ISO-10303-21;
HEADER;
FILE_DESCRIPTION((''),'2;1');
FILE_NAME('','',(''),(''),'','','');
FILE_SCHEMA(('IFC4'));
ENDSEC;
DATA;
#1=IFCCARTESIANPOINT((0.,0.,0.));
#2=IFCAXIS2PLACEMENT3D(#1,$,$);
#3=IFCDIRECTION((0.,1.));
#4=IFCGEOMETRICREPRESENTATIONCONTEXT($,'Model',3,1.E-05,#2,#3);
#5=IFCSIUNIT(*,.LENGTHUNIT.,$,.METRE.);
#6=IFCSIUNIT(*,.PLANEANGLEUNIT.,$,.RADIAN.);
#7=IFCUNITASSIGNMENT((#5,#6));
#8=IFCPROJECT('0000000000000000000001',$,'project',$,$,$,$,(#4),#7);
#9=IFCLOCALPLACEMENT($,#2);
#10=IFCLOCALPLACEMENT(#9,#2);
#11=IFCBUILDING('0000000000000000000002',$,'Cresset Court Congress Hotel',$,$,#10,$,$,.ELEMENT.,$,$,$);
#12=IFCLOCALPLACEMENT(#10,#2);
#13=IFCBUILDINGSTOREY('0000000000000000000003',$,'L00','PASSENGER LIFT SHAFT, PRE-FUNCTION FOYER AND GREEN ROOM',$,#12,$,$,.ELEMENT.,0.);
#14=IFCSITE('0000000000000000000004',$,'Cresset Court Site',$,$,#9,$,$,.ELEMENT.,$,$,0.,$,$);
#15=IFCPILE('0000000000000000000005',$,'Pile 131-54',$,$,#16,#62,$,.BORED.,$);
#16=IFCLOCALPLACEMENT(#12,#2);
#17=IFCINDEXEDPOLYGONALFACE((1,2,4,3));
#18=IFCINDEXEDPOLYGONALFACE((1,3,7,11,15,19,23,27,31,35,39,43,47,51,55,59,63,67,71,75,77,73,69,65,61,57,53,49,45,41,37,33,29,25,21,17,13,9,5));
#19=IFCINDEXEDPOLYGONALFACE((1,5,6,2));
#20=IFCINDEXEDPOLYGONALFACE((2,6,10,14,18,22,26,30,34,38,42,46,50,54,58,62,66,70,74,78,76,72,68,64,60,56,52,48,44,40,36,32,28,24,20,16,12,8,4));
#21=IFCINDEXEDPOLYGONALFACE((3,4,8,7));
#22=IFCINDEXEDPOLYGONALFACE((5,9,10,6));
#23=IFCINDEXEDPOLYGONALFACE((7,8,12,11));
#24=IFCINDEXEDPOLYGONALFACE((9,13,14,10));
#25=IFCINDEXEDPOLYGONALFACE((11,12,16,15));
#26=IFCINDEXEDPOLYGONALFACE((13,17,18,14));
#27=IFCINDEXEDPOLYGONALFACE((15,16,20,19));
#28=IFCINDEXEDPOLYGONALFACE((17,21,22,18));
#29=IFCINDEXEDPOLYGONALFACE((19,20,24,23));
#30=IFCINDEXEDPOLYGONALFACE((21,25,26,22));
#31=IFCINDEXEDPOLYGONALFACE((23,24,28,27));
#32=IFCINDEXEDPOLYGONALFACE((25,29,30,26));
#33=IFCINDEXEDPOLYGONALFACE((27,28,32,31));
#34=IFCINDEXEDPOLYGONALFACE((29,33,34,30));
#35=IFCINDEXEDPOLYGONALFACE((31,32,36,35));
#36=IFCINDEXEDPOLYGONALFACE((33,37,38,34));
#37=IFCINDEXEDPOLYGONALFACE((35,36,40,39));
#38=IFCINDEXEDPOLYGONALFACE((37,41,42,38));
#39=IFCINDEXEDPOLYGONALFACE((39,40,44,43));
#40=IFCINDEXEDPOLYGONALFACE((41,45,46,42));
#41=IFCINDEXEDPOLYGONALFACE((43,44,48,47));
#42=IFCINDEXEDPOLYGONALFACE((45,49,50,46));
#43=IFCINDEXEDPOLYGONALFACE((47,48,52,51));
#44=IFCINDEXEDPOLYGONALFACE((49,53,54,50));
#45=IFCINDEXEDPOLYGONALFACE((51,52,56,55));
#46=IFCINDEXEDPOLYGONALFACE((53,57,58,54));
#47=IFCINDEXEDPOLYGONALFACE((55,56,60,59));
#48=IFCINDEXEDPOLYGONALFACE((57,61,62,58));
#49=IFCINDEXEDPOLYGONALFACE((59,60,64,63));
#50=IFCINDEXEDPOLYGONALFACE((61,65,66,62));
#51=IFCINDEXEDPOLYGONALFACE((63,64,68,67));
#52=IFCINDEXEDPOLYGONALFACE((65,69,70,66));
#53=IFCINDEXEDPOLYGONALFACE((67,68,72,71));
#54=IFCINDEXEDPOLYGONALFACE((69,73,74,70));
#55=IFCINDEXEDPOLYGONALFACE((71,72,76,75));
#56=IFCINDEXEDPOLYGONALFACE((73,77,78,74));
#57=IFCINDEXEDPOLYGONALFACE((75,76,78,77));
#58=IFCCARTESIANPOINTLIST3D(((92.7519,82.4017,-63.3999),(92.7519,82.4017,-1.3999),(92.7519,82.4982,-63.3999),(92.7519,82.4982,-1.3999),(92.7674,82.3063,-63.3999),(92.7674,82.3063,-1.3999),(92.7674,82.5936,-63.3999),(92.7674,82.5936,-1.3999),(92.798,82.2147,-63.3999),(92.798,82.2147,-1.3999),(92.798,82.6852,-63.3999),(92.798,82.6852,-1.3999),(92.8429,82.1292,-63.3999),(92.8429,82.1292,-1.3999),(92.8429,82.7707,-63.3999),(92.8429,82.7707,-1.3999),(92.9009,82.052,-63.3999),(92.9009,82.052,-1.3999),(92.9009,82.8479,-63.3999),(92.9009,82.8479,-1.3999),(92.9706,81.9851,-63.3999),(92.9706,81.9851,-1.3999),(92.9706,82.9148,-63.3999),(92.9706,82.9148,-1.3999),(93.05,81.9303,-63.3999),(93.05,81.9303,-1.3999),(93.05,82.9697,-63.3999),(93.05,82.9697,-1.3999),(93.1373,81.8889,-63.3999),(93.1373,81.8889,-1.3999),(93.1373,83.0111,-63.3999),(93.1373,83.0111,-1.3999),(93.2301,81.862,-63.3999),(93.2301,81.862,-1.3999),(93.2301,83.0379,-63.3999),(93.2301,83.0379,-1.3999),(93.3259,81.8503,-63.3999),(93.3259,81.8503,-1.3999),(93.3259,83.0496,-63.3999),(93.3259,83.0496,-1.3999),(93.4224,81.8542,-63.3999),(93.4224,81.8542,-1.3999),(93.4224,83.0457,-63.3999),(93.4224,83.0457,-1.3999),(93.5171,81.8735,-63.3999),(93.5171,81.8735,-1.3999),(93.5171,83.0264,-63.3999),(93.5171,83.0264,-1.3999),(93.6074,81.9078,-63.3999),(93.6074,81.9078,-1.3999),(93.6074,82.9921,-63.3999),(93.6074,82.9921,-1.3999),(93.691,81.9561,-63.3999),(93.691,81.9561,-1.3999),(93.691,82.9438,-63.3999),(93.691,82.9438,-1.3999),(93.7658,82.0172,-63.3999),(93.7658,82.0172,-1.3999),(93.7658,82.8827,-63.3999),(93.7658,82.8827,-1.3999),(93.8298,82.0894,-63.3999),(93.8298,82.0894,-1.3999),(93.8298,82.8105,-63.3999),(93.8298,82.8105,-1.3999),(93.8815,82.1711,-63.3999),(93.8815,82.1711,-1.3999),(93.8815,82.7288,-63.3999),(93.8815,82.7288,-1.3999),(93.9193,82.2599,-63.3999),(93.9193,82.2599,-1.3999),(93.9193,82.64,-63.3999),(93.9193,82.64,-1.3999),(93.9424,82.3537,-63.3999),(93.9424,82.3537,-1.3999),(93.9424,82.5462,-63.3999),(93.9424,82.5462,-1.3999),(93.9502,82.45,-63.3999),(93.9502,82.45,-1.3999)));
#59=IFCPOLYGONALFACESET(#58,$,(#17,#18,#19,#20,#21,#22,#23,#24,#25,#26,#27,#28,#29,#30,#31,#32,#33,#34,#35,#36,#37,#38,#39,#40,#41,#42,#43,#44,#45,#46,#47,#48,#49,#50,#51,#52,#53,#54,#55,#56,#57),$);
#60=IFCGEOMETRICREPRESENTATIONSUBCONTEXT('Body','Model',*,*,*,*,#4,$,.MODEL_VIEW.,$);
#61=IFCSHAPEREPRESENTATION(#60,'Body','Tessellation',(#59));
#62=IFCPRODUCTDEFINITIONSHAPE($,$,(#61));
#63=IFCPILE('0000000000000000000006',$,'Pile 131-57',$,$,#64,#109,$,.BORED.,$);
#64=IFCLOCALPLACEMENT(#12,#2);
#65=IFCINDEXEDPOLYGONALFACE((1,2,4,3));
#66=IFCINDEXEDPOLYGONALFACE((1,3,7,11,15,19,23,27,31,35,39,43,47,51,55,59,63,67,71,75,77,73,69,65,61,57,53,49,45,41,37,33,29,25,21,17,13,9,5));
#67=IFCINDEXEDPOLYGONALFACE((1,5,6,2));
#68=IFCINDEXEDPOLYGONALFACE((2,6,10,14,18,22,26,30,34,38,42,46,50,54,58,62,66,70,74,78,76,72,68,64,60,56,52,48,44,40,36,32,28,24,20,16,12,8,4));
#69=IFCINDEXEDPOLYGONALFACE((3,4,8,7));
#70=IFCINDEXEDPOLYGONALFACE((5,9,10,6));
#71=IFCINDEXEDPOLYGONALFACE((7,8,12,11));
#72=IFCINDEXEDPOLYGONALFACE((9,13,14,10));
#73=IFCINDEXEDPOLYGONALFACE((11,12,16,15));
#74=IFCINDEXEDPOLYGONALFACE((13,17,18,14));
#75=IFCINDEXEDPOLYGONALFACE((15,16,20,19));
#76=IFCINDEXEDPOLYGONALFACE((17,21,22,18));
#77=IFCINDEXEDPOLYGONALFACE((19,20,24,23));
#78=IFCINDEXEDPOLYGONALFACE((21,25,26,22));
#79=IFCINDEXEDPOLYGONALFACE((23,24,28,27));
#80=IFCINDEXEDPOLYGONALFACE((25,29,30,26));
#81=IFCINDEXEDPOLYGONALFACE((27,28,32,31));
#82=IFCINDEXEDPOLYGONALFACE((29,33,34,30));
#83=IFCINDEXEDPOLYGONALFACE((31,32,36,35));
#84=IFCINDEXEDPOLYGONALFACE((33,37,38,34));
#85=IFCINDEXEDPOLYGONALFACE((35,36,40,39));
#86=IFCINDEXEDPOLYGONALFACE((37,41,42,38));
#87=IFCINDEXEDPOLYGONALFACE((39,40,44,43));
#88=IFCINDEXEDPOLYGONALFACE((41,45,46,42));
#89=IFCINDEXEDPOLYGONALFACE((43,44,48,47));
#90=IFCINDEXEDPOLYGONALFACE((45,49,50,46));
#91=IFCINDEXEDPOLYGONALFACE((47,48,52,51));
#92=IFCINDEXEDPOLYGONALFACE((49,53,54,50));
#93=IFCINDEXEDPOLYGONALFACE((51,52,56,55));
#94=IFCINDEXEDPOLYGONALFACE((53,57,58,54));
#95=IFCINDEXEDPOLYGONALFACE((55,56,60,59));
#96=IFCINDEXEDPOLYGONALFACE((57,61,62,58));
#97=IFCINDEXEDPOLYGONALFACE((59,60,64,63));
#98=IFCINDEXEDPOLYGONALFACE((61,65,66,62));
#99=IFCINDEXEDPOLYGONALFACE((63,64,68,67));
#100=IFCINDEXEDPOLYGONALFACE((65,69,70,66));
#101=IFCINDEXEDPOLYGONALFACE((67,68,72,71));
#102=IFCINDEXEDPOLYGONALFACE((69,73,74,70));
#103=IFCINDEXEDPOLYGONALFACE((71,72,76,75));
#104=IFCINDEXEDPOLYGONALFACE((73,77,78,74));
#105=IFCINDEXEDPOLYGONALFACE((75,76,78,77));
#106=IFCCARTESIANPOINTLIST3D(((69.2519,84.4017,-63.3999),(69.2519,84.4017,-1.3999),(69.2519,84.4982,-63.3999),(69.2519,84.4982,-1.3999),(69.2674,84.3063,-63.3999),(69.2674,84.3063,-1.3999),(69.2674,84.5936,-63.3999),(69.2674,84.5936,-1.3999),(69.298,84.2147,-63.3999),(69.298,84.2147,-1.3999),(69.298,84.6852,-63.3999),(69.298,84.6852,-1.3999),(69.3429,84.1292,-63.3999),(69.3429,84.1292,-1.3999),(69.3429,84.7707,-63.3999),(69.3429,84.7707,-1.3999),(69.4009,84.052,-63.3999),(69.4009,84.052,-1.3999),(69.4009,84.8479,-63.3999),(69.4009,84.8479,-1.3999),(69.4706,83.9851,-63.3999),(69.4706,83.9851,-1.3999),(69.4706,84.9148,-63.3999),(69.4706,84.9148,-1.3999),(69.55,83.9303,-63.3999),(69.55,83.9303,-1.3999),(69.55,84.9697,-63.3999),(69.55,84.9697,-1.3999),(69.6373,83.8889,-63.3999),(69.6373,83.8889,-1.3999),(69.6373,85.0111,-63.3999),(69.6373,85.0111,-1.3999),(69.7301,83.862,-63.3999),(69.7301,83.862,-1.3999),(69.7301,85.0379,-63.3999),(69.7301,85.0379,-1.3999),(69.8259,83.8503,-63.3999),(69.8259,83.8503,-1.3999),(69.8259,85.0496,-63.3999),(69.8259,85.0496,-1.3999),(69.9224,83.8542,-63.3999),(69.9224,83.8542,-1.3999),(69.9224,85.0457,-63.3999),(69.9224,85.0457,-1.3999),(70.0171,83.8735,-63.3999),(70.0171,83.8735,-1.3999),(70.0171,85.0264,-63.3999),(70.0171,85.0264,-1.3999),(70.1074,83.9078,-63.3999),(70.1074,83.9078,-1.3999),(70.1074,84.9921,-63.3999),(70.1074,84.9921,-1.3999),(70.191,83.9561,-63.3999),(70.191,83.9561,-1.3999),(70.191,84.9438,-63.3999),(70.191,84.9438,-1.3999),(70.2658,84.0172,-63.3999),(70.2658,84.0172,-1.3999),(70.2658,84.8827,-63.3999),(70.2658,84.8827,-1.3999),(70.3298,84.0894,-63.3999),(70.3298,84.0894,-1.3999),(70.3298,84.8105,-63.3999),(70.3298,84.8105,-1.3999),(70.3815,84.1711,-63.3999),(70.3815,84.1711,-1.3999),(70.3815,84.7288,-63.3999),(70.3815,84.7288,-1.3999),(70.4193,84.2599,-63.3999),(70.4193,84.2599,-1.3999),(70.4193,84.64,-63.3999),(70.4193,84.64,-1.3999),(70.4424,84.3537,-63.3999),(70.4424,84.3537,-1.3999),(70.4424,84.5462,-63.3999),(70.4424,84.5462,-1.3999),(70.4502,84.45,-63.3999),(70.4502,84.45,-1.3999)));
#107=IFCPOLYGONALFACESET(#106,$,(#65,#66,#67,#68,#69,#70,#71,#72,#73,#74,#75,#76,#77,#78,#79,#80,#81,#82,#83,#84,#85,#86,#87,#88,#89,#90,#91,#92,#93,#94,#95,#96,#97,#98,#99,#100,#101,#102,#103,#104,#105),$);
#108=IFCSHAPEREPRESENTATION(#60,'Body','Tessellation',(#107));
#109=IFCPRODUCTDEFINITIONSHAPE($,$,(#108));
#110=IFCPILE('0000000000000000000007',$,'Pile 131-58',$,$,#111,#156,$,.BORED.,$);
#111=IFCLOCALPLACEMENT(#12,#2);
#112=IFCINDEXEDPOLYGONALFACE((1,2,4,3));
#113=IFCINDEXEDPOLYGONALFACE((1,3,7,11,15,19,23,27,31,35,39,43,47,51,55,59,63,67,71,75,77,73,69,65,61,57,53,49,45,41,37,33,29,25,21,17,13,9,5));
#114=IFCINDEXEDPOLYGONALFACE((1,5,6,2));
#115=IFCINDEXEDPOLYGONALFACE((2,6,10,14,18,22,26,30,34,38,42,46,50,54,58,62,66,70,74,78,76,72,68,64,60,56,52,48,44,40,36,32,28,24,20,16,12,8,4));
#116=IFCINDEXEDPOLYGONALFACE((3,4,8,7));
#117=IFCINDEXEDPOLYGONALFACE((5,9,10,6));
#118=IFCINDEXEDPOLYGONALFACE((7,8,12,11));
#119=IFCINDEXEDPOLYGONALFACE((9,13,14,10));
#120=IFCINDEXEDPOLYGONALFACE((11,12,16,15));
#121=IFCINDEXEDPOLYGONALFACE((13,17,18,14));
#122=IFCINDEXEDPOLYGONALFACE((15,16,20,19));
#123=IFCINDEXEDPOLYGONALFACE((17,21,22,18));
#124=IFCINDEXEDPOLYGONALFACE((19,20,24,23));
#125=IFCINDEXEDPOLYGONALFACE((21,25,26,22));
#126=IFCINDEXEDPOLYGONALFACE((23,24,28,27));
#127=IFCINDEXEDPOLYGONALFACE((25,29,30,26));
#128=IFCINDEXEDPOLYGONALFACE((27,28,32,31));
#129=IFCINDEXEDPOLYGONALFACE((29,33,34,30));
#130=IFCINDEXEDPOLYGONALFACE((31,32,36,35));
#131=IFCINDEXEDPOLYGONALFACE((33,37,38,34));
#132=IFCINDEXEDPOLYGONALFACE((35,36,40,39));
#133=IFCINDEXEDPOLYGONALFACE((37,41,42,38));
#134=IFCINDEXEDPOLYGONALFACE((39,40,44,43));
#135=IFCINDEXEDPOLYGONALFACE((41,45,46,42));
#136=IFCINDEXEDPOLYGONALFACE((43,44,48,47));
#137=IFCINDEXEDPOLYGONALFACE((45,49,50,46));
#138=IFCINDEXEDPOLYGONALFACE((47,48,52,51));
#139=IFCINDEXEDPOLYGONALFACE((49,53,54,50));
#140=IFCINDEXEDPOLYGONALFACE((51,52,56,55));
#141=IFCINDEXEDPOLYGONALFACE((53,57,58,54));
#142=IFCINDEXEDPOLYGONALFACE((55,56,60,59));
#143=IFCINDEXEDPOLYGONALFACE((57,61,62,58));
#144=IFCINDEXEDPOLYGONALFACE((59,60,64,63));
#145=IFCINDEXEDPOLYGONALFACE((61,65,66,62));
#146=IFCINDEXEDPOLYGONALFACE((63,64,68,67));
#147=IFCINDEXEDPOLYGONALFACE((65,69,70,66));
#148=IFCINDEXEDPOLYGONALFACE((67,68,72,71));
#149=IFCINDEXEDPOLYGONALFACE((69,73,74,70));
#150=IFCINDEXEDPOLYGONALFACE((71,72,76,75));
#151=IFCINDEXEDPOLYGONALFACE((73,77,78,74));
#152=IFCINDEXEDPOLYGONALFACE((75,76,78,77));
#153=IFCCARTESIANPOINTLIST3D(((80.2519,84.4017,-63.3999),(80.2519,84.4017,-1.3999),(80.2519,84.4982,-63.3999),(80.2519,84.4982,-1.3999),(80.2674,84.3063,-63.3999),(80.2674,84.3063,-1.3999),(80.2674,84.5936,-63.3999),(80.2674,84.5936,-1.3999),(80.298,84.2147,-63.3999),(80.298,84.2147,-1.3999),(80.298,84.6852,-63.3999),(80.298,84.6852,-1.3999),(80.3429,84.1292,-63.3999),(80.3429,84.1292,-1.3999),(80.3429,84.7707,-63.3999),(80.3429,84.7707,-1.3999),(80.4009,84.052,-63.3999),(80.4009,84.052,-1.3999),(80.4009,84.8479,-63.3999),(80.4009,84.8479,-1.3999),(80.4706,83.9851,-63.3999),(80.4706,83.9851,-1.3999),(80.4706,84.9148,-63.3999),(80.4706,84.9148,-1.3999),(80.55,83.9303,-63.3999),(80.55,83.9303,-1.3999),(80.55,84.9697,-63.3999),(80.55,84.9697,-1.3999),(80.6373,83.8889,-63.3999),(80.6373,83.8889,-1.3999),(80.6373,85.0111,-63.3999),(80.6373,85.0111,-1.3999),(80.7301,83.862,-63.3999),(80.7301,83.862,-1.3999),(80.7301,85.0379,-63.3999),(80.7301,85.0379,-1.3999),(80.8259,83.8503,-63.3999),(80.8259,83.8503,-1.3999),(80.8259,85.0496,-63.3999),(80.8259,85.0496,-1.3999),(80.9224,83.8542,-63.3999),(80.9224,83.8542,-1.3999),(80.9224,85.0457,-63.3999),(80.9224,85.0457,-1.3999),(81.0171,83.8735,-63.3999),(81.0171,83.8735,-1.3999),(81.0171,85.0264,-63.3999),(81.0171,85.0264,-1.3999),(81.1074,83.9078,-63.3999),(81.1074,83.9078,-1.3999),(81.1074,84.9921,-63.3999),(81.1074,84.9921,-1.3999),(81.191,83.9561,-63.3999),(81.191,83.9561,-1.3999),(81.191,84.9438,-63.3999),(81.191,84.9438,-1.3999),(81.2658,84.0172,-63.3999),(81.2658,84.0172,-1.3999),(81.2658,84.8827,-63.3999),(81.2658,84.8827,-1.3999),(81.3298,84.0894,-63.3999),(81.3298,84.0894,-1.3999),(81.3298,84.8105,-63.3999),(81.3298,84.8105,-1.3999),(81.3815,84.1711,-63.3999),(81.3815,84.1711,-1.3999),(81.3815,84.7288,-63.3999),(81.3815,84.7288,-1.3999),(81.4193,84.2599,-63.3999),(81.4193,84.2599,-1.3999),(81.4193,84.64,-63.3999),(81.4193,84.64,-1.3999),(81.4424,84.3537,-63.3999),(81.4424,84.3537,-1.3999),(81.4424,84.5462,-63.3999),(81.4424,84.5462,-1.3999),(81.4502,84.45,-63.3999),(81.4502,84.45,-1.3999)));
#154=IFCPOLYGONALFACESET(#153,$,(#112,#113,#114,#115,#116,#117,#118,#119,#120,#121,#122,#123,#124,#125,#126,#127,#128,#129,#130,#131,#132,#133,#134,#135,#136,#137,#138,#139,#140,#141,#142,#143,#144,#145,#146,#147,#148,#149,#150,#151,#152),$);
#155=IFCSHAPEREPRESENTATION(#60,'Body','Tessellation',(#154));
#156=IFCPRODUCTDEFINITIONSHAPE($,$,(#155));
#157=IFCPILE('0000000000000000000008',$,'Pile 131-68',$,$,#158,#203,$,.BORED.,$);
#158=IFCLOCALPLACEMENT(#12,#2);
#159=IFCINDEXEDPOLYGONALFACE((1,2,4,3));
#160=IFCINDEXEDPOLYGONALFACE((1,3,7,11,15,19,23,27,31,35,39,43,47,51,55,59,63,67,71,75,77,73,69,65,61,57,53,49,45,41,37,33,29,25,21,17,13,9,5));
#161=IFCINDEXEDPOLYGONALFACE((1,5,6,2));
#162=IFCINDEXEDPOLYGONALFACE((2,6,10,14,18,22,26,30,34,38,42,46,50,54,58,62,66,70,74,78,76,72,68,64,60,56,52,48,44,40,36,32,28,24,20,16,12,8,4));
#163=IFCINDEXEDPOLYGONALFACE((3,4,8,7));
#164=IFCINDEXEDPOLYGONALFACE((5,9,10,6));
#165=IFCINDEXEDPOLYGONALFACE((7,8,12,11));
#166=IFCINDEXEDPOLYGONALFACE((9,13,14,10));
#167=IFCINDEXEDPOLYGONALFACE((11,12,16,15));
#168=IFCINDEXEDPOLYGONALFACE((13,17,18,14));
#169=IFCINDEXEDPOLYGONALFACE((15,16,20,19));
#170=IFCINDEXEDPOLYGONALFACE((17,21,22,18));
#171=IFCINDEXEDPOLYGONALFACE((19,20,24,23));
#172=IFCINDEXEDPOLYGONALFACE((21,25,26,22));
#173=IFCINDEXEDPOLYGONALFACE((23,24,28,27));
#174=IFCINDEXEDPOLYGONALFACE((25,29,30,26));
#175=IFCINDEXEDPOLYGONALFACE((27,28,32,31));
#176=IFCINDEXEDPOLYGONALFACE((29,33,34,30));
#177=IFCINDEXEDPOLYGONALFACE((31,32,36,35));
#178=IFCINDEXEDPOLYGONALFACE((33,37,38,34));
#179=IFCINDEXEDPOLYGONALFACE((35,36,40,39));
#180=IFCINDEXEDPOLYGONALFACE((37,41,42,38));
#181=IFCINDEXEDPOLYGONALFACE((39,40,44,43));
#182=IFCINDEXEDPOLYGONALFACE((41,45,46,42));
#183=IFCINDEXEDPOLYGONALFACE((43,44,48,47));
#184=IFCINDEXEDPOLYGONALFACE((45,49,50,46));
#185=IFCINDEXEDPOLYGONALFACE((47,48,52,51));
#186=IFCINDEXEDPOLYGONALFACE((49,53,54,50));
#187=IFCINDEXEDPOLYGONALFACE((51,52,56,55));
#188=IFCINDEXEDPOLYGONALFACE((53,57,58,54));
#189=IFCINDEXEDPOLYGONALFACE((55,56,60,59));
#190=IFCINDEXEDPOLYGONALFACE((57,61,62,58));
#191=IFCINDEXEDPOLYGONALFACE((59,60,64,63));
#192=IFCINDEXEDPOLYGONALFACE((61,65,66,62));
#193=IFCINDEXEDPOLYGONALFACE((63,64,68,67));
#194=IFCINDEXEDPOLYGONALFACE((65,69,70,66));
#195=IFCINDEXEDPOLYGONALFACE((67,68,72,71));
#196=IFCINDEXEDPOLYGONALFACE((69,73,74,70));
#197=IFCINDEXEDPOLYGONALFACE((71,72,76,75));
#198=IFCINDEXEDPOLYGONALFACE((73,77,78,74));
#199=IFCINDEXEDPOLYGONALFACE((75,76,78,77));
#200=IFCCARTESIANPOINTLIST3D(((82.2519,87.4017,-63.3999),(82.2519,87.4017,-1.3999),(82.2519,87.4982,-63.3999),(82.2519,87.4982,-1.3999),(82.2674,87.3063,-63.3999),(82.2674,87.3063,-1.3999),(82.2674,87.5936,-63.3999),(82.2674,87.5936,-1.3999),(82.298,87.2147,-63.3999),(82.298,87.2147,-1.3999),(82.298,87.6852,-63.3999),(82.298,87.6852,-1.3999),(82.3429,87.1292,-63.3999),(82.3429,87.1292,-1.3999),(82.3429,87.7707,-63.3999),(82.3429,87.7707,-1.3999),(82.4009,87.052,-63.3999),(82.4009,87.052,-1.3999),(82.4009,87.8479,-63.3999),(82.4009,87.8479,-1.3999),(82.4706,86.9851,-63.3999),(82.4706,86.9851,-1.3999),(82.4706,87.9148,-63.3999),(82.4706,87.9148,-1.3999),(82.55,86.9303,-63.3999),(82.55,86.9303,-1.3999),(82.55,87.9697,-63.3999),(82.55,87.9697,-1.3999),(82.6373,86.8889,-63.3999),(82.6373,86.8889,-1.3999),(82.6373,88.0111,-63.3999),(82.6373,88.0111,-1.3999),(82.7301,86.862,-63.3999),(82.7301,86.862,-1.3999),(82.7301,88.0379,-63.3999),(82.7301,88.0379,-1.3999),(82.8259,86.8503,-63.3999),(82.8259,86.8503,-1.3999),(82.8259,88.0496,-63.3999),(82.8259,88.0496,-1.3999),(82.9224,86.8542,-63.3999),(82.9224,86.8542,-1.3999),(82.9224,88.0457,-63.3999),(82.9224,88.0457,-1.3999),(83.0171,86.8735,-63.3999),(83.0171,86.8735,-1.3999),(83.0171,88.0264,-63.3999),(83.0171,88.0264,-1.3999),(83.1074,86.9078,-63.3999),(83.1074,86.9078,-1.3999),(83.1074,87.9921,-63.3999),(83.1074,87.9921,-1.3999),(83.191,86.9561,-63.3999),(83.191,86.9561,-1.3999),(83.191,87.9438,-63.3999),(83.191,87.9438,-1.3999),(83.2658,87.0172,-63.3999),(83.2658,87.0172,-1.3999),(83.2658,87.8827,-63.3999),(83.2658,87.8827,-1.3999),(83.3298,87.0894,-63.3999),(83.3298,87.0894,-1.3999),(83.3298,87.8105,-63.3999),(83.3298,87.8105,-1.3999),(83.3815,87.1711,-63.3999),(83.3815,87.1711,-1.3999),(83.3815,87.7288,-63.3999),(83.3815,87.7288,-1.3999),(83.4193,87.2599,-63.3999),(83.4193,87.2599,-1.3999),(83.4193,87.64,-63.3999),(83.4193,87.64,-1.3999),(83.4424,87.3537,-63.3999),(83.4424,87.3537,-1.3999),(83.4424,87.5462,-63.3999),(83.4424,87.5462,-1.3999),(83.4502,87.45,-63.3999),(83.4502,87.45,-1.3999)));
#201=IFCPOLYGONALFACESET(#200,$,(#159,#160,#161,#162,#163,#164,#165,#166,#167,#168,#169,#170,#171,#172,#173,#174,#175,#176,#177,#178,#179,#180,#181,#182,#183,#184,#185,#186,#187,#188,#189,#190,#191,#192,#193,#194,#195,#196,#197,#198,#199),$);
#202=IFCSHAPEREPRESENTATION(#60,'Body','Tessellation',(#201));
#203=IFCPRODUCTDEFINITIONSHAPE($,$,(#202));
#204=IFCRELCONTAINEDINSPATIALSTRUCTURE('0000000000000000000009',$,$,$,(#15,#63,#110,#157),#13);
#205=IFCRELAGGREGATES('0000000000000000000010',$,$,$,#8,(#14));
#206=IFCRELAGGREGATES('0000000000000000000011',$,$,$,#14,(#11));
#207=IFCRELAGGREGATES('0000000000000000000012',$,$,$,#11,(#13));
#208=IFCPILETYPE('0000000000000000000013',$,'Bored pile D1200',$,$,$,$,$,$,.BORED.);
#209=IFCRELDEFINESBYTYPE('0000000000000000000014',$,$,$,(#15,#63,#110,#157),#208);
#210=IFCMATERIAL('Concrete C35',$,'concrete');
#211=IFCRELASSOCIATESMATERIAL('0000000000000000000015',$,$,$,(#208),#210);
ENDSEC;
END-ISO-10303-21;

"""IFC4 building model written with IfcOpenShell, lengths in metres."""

from ifc_helpers import new_model, si_unit, direction, frame, origin, origin_2d, place, context, subcontext, project, spatial, circle, extrude, material, type_object, element, save


model = new_model("IFC4")

# Units and contexts
model_context = context("Model", 3, precision=1e-05, world=origin(), true_north=direction((0.0, 1.0)))
body_context = subcontext(model_context, "Body", "Model", "MODEL_VIEW")
ifc_project = project(units=[si_unit("LENGTHUNIT", "METRE"), si_unit("PLANEANGLEUNIT", "RADIAN")], contexts=[model_context])

# Site, building, storey
site_placement = place(None, origin())
site = spatial("IfcSite", under=ifc_project, at=site_placement, Name="Cresset Court Site", CompositionType="ELEMENT", RefElevation=0.0)
building_placement = place(site_placement, origin())
building = spatial("IfcBuilding", under=site, at=building_placement, Name="Cresset Court Congress Hotel", CompositionType="ELEMENT")
storey_placement = place(building_placement, origin())
storey = spatial("IfcBuildingStorey", under=building, at=storey_placement, Name="L00", Description="PASSENGER LIFT SHAFT, PRE-FUNCTION FOYER AND GREEN ROOM", CompositionType="ELEMENT", Elevation=0.0)

# Piles
ifc_material_1 = material(Name="Concrete C35", Category="concrete")
pile_type = type_object("IfcPileType", Name="Bored pile D1200", PredefinedType="BORED", material=ifc_material_1)
for number, where, z_axis, x_axis, name in (
    (1, (93.3501, 82.45, -1.3999), (0.0, 0.0, -1.0), (1.0, 0.0, 0.0), "Pile 131-54"),
    (2, (69.8501, 84.45, -1.3999), (0.0, 0.0, -1.0), (1.0, 0.0, 0.0), "Pile 131-57"),
    (3, (80.8501, 84.45, -1.3999), (0.0, 0.0, -1.0), (1.0, 0.0, 0.0), "Pile 131-58"),
    (4, (82.8501, 87.45, -1.3999), (0.0, 0.0, -1.0), (1.0, 0.0, 0.0), "Pile 131-68"),
):
    element("IfcPile", number, at=place(storey_placement, frame(where, z_axis=z_axis, x_axis=x_axis)), inside=storey, type_object=pile_type, Name=name, PredefinedType="BORED", context=body_context, shape_type="SweptSolid", body=[
        extrude(circle(Radius=0.6001, at=origin_2d()), origin(), (0.0, 0.0, 1.0), 62.0),
    ])

save(model, "model.ifc")
